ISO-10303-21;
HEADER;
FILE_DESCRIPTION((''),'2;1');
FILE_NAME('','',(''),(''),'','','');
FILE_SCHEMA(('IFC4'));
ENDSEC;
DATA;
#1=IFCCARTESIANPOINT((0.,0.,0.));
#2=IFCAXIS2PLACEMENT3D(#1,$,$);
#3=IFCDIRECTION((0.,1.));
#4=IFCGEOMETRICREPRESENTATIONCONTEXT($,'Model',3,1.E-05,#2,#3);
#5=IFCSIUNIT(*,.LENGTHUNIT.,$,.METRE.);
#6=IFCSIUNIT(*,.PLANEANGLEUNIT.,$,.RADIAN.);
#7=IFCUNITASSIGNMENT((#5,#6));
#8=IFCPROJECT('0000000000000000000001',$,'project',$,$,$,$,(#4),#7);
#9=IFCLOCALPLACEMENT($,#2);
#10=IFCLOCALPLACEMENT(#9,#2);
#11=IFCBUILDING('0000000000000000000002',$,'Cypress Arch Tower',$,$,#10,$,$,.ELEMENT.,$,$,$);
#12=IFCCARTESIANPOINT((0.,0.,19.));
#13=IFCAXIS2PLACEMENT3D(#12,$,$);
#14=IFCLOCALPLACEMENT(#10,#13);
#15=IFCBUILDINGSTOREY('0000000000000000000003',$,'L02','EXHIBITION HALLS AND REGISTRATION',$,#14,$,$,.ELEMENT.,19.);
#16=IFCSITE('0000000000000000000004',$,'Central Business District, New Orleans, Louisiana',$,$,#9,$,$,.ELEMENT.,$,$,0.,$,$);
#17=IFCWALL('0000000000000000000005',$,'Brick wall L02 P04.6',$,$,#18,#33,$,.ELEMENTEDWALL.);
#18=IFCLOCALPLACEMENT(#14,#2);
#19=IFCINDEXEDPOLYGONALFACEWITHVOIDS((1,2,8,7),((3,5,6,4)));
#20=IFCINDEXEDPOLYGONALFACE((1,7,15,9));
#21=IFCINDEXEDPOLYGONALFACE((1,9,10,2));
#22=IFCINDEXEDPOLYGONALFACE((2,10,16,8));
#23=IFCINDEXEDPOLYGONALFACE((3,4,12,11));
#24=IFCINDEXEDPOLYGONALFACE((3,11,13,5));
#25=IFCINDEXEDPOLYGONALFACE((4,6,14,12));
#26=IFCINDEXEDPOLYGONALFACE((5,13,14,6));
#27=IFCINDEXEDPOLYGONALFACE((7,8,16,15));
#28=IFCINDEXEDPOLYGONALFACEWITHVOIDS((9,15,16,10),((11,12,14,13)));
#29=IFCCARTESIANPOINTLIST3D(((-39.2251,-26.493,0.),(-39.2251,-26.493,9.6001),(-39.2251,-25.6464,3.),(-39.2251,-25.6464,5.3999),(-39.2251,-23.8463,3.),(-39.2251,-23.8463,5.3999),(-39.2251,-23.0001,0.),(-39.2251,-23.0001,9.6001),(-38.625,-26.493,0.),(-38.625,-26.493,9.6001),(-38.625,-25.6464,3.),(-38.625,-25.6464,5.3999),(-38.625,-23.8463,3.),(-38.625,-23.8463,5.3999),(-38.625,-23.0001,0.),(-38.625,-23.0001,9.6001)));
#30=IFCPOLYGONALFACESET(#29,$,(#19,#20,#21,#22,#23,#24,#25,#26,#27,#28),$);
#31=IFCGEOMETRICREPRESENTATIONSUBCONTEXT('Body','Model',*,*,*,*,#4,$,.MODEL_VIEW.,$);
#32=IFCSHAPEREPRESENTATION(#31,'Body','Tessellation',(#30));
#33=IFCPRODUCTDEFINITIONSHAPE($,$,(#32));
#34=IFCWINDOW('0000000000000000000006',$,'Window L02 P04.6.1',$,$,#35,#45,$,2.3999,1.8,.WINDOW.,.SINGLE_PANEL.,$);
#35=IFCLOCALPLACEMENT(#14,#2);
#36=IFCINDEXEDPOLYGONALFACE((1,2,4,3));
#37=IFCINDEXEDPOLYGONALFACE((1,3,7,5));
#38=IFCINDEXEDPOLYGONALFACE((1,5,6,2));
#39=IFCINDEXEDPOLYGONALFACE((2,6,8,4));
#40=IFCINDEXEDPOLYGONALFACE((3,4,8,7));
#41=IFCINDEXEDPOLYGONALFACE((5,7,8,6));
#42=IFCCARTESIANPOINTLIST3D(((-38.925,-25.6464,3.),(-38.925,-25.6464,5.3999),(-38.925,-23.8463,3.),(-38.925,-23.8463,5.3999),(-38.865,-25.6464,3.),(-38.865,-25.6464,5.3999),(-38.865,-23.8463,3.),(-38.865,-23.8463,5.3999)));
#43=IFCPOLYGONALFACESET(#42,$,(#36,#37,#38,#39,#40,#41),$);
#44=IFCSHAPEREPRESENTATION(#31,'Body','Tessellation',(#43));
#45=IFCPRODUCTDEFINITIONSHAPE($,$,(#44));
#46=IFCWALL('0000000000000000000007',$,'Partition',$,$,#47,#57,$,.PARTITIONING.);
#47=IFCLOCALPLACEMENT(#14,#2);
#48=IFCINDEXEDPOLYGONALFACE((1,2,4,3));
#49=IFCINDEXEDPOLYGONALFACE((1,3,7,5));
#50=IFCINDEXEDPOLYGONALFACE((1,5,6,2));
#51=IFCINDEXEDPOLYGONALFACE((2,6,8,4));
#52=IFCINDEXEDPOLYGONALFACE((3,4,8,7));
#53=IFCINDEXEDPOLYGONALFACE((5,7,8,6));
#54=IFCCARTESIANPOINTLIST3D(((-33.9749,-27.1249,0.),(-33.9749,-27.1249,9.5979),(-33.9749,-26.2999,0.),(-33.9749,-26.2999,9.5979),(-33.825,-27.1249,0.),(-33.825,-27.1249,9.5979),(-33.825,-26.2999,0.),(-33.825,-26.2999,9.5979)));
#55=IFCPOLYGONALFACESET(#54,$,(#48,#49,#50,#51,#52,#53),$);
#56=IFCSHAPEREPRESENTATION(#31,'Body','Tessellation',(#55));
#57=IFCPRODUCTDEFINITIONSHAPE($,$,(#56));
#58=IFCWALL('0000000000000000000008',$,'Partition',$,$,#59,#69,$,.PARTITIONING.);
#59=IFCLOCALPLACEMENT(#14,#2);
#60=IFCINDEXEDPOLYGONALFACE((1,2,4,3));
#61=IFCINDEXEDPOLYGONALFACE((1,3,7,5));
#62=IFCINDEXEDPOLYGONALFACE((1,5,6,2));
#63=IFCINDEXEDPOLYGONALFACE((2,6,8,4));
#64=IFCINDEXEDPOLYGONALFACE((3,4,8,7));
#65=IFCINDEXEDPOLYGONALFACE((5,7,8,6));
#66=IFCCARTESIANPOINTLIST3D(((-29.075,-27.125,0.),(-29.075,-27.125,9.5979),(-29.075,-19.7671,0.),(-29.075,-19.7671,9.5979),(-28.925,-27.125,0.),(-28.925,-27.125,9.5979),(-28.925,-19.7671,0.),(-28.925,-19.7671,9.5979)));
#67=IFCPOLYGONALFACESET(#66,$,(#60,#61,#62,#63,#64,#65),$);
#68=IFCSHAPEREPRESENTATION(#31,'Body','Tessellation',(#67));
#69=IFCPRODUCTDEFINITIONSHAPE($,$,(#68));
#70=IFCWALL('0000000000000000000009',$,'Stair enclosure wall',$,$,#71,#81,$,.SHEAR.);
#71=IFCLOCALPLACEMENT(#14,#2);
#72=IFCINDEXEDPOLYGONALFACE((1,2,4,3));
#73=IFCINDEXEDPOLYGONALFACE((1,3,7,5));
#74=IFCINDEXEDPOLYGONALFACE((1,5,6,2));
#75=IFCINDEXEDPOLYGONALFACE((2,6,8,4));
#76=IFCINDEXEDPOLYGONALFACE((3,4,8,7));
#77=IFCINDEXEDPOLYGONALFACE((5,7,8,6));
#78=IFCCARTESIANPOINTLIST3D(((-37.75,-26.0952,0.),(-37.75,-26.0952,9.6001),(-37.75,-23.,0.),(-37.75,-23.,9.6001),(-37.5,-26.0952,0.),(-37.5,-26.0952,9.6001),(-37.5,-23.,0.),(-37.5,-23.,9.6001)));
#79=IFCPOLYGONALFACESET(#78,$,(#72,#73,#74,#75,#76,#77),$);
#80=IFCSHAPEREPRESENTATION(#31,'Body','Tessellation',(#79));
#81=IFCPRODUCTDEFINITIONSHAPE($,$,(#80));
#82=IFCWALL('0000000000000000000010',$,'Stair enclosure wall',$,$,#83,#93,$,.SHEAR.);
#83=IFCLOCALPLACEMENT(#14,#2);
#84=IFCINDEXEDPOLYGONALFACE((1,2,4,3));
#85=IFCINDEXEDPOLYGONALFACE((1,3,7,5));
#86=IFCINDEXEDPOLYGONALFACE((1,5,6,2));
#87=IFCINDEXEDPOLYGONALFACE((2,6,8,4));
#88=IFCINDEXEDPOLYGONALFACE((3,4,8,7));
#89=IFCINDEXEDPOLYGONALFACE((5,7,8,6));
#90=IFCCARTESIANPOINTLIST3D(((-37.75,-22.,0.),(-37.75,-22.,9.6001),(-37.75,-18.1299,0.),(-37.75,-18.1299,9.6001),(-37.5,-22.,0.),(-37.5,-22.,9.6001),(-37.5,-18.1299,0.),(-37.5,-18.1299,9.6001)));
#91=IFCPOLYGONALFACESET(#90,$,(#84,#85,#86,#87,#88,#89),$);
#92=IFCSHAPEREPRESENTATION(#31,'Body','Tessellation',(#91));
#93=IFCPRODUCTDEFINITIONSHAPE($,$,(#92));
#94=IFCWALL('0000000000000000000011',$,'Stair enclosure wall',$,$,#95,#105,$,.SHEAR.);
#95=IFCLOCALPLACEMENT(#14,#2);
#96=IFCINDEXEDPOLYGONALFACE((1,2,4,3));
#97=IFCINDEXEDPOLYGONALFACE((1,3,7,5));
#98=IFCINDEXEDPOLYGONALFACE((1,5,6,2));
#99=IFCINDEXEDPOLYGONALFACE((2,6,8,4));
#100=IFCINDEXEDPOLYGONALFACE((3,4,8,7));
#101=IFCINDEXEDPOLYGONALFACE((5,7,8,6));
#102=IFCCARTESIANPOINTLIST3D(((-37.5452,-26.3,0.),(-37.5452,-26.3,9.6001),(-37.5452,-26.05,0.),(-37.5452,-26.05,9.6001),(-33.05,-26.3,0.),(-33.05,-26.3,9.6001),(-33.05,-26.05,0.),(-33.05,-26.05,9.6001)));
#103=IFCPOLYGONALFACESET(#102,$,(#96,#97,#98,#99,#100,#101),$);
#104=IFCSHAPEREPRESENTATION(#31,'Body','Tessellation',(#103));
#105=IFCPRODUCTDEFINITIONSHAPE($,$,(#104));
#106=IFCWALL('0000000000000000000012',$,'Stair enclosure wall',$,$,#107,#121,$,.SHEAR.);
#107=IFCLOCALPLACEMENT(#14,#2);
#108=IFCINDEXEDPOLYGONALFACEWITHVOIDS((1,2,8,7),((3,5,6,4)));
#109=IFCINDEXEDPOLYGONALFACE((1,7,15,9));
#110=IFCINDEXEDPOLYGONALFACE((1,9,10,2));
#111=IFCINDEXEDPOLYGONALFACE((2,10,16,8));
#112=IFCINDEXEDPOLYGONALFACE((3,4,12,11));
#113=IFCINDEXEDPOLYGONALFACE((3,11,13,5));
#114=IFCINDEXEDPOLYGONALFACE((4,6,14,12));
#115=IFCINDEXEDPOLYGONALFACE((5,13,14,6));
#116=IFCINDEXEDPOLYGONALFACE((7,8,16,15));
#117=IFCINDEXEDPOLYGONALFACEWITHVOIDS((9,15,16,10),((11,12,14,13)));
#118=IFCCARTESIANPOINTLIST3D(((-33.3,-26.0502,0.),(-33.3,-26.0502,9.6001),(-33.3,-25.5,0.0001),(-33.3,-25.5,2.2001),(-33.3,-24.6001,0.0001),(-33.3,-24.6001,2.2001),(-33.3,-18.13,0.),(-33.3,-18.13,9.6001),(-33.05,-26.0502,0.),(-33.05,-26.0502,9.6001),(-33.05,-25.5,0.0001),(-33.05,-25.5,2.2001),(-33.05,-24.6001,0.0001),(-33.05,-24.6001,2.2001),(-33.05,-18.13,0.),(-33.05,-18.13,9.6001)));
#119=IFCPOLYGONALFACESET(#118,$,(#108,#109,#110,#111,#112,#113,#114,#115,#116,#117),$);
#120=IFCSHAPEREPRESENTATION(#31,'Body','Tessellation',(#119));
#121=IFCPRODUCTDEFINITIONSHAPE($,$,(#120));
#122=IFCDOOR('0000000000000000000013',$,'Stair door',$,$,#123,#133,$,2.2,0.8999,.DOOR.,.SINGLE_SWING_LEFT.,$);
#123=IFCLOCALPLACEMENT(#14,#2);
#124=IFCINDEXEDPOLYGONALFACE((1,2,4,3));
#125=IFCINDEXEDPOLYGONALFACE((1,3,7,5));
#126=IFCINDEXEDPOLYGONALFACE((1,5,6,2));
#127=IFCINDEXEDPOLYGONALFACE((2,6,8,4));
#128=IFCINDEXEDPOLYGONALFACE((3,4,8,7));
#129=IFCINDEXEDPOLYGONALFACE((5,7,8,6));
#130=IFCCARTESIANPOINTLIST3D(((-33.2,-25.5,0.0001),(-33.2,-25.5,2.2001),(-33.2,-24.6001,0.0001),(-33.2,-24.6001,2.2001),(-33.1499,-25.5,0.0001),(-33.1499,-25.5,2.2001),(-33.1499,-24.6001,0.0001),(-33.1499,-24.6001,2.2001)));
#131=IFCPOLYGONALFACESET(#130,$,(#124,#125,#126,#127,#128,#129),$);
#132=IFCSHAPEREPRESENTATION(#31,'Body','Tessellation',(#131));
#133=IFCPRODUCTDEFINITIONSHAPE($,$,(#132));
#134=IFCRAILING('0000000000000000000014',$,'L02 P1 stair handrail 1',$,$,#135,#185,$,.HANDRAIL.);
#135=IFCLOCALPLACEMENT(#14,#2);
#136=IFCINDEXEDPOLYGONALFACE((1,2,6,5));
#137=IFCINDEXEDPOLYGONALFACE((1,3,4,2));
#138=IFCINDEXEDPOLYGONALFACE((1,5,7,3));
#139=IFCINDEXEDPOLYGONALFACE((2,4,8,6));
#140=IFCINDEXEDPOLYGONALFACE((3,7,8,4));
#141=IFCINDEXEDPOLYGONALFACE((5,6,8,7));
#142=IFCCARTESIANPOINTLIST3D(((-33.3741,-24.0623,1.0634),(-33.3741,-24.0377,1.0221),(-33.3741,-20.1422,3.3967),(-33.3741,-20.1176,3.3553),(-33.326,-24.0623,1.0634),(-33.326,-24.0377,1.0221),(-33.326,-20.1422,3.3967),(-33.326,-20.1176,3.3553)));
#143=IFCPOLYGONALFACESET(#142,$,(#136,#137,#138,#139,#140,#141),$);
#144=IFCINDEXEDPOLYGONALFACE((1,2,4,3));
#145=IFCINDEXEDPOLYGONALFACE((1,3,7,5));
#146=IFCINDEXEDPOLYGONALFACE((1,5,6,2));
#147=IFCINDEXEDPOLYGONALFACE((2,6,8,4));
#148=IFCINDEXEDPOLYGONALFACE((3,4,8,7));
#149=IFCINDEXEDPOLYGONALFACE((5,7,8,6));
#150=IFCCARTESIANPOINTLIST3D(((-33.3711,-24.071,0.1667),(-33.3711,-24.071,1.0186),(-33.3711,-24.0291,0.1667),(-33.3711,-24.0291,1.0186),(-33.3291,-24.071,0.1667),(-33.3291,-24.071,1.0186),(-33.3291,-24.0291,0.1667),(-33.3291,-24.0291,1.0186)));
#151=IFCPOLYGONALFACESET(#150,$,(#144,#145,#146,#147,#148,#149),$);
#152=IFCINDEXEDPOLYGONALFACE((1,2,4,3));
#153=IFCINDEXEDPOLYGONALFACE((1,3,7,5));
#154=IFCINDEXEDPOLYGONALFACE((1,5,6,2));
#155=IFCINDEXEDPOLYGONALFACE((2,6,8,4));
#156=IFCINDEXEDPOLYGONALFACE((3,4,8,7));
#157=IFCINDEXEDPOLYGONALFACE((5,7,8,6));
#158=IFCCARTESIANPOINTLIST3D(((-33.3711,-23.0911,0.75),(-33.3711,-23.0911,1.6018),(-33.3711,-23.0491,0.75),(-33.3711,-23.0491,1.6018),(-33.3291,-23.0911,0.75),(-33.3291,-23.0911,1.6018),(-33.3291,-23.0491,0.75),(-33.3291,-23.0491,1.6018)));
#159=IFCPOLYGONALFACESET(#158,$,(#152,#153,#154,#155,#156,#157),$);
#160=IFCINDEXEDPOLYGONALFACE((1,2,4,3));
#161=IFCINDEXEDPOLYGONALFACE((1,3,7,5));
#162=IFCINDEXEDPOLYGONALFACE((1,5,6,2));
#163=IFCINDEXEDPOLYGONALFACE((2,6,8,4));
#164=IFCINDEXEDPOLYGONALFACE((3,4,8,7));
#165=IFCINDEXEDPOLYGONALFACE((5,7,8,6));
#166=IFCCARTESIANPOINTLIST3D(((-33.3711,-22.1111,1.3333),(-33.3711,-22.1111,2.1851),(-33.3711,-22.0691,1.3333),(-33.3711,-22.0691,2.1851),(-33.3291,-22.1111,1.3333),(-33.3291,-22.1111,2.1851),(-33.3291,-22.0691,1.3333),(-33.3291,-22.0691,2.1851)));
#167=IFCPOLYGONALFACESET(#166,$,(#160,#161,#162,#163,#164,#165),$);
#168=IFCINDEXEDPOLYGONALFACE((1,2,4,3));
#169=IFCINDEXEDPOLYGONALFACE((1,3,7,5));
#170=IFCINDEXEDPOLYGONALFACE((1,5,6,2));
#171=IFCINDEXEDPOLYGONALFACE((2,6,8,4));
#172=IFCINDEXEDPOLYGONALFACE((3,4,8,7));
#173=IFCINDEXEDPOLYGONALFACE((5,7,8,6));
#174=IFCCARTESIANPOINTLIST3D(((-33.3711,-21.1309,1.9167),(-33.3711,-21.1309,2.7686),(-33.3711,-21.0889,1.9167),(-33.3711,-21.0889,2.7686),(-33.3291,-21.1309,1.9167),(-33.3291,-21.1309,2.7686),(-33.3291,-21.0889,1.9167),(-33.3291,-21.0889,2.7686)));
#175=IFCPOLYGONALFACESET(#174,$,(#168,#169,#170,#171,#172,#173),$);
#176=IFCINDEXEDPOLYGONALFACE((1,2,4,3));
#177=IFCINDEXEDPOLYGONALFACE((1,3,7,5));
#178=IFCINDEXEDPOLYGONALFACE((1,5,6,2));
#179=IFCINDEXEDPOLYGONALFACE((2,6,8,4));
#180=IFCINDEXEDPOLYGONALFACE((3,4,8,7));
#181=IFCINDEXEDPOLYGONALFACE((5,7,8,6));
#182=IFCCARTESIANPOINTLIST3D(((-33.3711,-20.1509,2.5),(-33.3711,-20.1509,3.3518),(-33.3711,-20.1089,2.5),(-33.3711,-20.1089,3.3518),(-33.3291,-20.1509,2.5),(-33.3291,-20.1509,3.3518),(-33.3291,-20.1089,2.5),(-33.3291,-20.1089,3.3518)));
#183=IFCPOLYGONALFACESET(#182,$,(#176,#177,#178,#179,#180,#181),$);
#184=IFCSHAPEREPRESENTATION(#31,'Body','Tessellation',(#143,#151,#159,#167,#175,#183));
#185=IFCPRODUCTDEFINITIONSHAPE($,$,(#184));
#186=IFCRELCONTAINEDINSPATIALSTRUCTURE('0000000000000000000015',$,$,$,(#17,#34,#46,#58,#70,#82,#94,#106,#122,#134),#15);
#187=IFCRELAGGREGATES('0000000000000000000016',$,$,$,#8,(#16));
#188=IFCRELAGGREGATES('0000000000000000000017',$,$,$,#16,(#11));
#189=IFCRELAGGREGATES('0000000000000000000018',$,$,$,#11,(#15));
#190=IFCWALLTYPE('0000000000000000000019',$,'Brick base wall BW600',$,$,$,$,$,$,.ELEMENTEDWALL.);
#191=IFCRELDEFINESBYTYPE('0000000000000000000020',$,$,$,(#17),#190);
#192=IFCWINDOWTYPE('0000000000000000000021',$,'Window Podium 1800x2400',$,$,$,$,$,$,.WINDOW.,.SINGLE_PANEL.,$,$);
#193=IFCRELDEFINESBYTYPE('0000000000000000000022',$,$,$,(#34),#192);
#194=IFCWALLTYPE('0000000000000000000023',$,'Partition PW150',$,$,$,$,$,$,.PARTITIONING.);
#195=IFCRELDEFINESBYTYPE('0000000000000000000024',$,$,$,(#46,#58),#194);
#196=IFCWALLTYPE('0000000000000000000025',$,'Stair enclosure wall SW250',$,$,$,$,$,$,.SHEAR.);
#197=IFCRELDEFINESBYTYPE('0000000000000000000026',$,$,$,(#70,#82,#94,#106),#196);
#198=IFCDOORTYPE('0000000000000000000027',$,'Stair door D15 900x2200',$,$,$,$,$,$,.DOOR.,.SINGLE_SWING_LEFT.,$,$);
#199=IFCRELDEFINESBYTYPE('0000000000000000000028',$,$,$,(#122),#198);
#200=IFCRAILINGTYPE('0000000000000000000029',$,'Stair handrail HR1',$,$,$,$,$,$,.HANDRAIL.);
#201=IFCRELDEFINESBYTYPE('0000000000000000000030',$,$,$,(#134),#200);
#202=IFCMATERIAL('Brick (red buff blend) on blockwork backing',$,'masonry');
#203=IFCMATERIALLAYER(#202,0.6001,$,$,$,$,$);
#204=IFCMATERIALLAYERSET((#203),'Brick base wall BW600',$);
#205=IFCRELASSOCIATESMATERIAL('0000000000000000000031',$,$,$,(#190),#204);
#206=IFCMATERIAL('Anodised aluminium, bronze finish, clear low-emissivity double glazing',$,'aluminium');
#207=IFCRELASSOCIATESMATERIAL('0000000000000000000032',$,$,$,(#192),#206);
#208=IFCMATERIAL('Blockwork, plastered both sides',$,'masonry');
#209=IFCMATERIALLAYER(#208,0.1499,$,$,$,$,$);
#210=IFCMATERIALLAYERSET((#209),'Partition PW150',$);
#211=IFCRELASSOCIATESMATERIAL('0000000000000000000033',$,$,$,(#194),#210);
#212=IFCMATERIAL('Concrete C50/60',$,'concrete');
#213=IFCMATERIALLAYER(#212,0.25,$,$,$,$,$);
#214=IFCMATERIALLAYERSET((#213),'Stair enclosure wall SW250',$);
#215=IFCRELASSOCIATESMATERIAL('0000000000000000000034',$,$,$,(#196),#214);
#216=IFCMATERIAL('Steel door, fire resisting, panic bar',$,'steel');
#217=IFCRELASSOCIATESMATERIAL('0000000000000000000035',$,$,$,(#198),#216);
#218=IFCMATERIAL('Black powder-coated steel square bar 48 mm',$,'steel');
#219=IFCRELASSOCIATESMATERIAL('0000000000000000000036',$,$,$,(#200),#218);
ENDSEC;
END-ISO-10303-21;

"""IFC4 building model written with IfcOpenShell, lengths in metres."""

from ifc_helpers import new_model, si_unit, direction, frame, frame_2d, origin, origin_2d, place, context, subcontext, project, spatial, rectangle, extrude, material, layer, layer_set, type_object, element, fill, save


model = new_model("IFC4")

# Units and contexts
model_context = context("Model", 3, precision=1e-05, world=origin(), true_north=direction((0.0, 1.0)))
body_context = subcontext(model_context, "Body", "Model", "MODEL_VIEW")
ifc_project = project(units=[si_unit("LENGTHUNIT", "METRE"), si_unit("PLANEANGLEUNIT", "RADIAN")], contexts=[model_context])

# Site, building, storey
site_placement = place(None, origin())
site = spatial("IfcSite", under=ifc_project, at=site_placement, Name="Central Business District, New Orleans, Louisiana", CompositionType="ELEMENT", RefElevation=0.0)
building_placement = place(site_placement, origin())
building = spatial("IfcBuilding", under=site, at=building_placement, Name="Cypress Arch Tower", CompositionType="ELEMENT")
storey_placement = place(building_placement, frame((0.0, 0.0, 19.0)))
storey = spatial("IfcBuildingStorey", under=building, at=storey_placement, Name="L02", Description="EXHIBITION HALLS AND REGISTRATION", CompositionType="ELEMENT", Elevation=19.0)

# Shared definitions
ifc_material_1 = material(Name="Brick (red buff blend) on blockwork backing", Category="masonry")
ifc_layer_1 = layer(ifc_material_1, 0.6001)
ifc_layer_set_1 = layer_set([ifc_layer_1], Name="Brick base wall BW600")
wall_type_1 = type_object("IfcWallType", Name="Brick base wall BW600", PredefinedType="ELEMENTEDWALL", material=ifc_layer_set_1)

# Wall, opening, window
wall_1_placement = place(storey_placement, frame((-38.925, -23.0, 0.0), z_axis=(0.0, 0.0, 1.0), x_axis=(0.0, -1.0, 0.0)))
wall_1 = element("IfcWall", 1, at=wall_1_placement, inside=storey, type_object=wall_type_1, Name="Brick wall L02 P04.6", PredefinedType="ELEMENTEDWALL", context=body_context, shape_type="SweptSolid", body=[
    extrude(rectangle(XDim=3.4929, YDim=0.6001, at=frame_2d((1.7466, 0.0))), origin(), (0.0, 0.0, 1.0), 9.6001),
])
opening_1_placement = place(wall_1_placement, frame((0.8464, 0.0, 3.0)))
opening_1 = element("IfcOpeningElement", 2, at=opening_1_placement, cuts=wall_1, PredefinedType="OPENING", context=body_context, shape_type="SweptSolid", body=[
    extrude(rectangle(XDim=1.8, YDim=2.3999, at=frame_2d((0.8999, 1.2))), frame((0.0, 0.3101, 0.0), z_axis=(0.0, -1.0, 0.0), x_axis=(1.0, 0.0, 0.0)), (0.0, 0.0, 1.0), 0.6201),
])
ifc_material_2 = material(Name="Anodised aluminium, bronze finish, clear low-emissivity double glazing", Category="aluminium")
window_type_1 = type_object("IfcWindowType", Name="Window Podium 1800x2400", PartitioningType="SINGLE_PANEL", PredefinedType="WINDOW", material=ifc_material_2)
window_1_placement = place(opening_1_placement, origin())
window_1 = element("IfcWindow", 3, at=window_1_placement, inside=storey, type_object=window_type_1, Name="Window L02 P04.6.1", OverallHeight=2.3999, OverallWidth=1.8, PartitioningType="SINGLE_PANEL", PredefinedType="WINDOW", context=body_context, shape_type="SweptSolid", body=[
    extrude(rectangle(XDim=1.8, YDim=2.3999, at=frame_2d((0.8999, 1.2))), frame((0.0, 0.0601, 0.0), z_axis=(0.0, -1.0, 0.0), x_axis=(1.0, 0.0, 0.0)), (0.0, 0.0, 1.0), 0.0601),
])
fill(opening_1, window_1)

# Walls
ifc_material_3 = material(Name="Blockwork, plastered both sides", Category="masonry")
ifc_layer_2 = layer(ifc_material_3, 0.1499)
ifc_layer_set_2 = layer_set([ifc_layer_2], Name="Partition PW150")
wall_type_2 = type_object("IfcWallType", Name="Partition PW150", PredefinedType="PARTITIONING", material=ifc_layer_set_2)
wall_2_placement = place(storey_placement, frame((-33.8999, -27.125, 0.0), z_axis=(0.0, 0.0, 1.0), x_axis=(0.0, 1.0, 0.0)))
element("IfcWall", 4, at=wall_2_placement, inside=storey, type_object=wall_type_2, Name="Partition", PredefinedType="PARTITIONING", context=body_context, shape_type="SweptSolid", body=[
    extrude(rectangle(XDim=0.825, YDim=0.1499, at=frame_2d((0.4126, 0.0))), origin(), (0.0, 0.0, 1.0), 9.5979),
])
wall_3_placement = place(storey_placement, frame((-29.0, -27.125, 0.0), z_axis=(0.0, 0.0, 1.0), x_axis=(0.0, 1.0, 0.0)))
element("IfcWall", 5, at=wall_3_placement, inside=storey, type_object=wall_type_2, Name="Partition", PredefinedType="PARTITIONING", context=body_context, shape_type="SweptSolid", body=[
    extrude(rectangle(XDim=7.3579, YDim=0.1499, at=frame_2d((3.679, 0.0))), origin(), (0.0, 0.0, 1.0), 9.5979),
])
ifc_material_4 = material(Name="Concrete C50/60", Category="concrete")
ifc_layer_3 = layer(ifc_material_4, 0.25)
ifc_layer_set_3 = layer_set([ifc_layer_3], Name="Stair enclosure wall SW250")
wall_type_3 = type_object("IfcWallType", Name="Stair enclosure wall SW250", PredefinedType="SHEAR", material=ifc_layer_set_3)
wall_4_placement = place(storey_placement, frame((-37.625, -26.0952, 0.0), z_axis=(0.0, 0.0, 1.0), x_axis=(0.0, 1.0, 0.0)))
element("IfcWall", 6, at=wall_4_placement, inside=storey, type_object=wall_type_3, Name="Stair enclosure wall", PredefinedType="SHEAR", context=body_context, shape_type="SweptSolid", body=[
    extrude(rectangle(XDim=3.0952, YDim=0.25, at=frame_2d((1.5476, 0.0))), origin(), (0.0, 0.0, 1.0), 9.6001),
])
wall_5_placement = place(storey_placement, frame((-37.625, -22.0, 0.0), z_axis=(0.0, 0.0, 1.0), x_axis=(0.0, 1.0, 0.0)))
element("IfcWall", 7, at=wall_5_placement, inside=storey, type_object=wall_type_3, Name="Stair enclosure wall", PredefinedType="SHEAR", context=body_context, shape_type="SweptSolid", body=[
    extrude(rectangle(XDim=3.8701, YDim=0.25, at=frame_2d((1.9351, 0.0))), origin(), (0.0, 0.0, 1.0), 9.6001),
])
wall_6_placement = place(storey_placement, frame((-37.5452, -26.175, 0.0), z_axis=(0.0, 0.0, 1.0), x_axis=(1.0, 0.0, 0.0)))
element("IfcWall", 8, at=wall_6_placement, inside=storey, type_object=wall_type_3, Name="Stair enclosure wall", PredefinedType="SHEAR", context=body_context, shape_type="SweptSolid", body=[
    extrude(rectangle(XDim=4.4951, YDim=0.25, at=frame_2d((2.2476, 0.0))), origin(), (0.0, 0.0, 1.0), 9.6001),
])

# Wall, opening, door
wall_7_placement = place(storey_placement, frame((-33.175, -26.05, 0.0), z_axis=(0.0, 0.0, 1.0), x_axis=(0.0, 1.0, 0.0)))
wall_7 = element("IfcWall", 9, at=wall_7_placement, inside=storey, type_object=wall_type_3, Name="Stair enclosure wall", PredefinedType="SHEAR", context=body_context, shape_type="SweptSolid", body=[
    extrude(rectangle(XDim=7.9202, YDim=0.25, at=frame_2d((3.96, 0.0))), origin(), (0.0, 0.0, 1.0), 9.6001),
])
opening_2_placement = place(wall_7_placement, frame((0.55, 0.0, 0.0)))
opening_2 = element("IfcOpeningElement", 10, at=opening_2_placement, cuts=wall_7, PredefinedType="OPENING", context=body_context, shape_type="SweptSolid", body=[
    extrude(rectangle(XDim=0.8999, YDim=2.2, at=frame_2d((0.45, 1.1001))), frame((0.0, 0.135, 0.0), z_axis=(0.0, -1.0, 0.0), x_axis=(1.0, 0.0, 0.0)), (0.0, 0.0, 1.0), 0.27),
])
ifc_material_5 = material(Name="Steel door, fire resisting, panic bar", Category="steel")
door_type = type_object("IfcDoorType", Name="Stair door D15 900x2200", OperationType="SINGLE_SWING_LEFT", PredefinedType="DOOR", material=ifc_material_5)
door_placement = place(opening_2_placement, origin())
door = element("IfcDoor", 11, at=door_placement, inside=storey, type_object=door_type, Name="Stair door", OperationType="SINGLE_SWING_LEFT", OverallHeight=2.2, OverallWidth=0.8999, PredefinedType="DOOR", context=body_context, shape_type="SweptSolid", body=[
    extrude(rectangle(XDim=0.8999, YDim=2.2, at=frame_2d((0.45, 1.1001))), frame((0.0, 0.0249, 0.0), z_axis=(0.0, -1.0, 0.0), x_axis=(1.0, 0.0, 0.0)), (0.0, 0.0, 1.0), 0.05),
])
fill(opening_2, door)

# Railing
ifc_material_6 = material(Name="Black powder-coated steel square bar 48 mm", Category="steel")
railing_type_1 = type_object("IfcRailingType", Name="Stair handrail HR1", PredefinedType="HANDRAIL", material=ifc_material_6)
for number, where, name in (
    (12, (-33.3501, -24.05, 0.1667), "L02 P1 stair handrail 1"),
):
    element("IfcRailing", number, at=place(storey_placement, frame(where)), inside=storey, type_object=railing_type_1, Name=name, PredefinedType="HANDRAIL", context=body_context, shape_type="SweptSolid", body=[
        extrude(rectangle(XDim=0.0481, YDim=0.0481, at=origin_2d()), frame((0.0, 0.0, 0.876), z_axis=(0.0, 0.85931, 0.511455), x_axis=(-1.0, 0.0, 0.0)), (0.0, 0.0, 1.0), 4.562),
        extrude(rectangle(XDim=0.042, YDim=0.042, at=origin_2d()), origin(), (0.0, 0.0, 1.0), 0.8518),
        extrude(rectangle(XDim=0.042, YDim=0.042, at=origin_2d()), frame((0.0, 0.98, 0.5833)), (0.0, 0.0, 1.0), 0.8518),
        extrude(rectangle(XDim=0.042, YDim=0.042, at=origin_2d()), frame((0.0, 1.96, 1.1665)), (0.0, 0.0, 1.0), 0.8518),
        extrude(rectangle(XDim=0.042, YDim=0.042, at=origin_2d()), frame((0.0, 2.9402, 1.75)), (0.0, 0.0, 1.0), 0.8518),
        extrude(rectangle(XDim=0.042, YDim=0.042, at=origin_2d()), frame((0.0, 3.9202, 2.3333)), (0.0, 0.0, 1.0), 0.8518),
    ])

save(model, "model.ifc")
